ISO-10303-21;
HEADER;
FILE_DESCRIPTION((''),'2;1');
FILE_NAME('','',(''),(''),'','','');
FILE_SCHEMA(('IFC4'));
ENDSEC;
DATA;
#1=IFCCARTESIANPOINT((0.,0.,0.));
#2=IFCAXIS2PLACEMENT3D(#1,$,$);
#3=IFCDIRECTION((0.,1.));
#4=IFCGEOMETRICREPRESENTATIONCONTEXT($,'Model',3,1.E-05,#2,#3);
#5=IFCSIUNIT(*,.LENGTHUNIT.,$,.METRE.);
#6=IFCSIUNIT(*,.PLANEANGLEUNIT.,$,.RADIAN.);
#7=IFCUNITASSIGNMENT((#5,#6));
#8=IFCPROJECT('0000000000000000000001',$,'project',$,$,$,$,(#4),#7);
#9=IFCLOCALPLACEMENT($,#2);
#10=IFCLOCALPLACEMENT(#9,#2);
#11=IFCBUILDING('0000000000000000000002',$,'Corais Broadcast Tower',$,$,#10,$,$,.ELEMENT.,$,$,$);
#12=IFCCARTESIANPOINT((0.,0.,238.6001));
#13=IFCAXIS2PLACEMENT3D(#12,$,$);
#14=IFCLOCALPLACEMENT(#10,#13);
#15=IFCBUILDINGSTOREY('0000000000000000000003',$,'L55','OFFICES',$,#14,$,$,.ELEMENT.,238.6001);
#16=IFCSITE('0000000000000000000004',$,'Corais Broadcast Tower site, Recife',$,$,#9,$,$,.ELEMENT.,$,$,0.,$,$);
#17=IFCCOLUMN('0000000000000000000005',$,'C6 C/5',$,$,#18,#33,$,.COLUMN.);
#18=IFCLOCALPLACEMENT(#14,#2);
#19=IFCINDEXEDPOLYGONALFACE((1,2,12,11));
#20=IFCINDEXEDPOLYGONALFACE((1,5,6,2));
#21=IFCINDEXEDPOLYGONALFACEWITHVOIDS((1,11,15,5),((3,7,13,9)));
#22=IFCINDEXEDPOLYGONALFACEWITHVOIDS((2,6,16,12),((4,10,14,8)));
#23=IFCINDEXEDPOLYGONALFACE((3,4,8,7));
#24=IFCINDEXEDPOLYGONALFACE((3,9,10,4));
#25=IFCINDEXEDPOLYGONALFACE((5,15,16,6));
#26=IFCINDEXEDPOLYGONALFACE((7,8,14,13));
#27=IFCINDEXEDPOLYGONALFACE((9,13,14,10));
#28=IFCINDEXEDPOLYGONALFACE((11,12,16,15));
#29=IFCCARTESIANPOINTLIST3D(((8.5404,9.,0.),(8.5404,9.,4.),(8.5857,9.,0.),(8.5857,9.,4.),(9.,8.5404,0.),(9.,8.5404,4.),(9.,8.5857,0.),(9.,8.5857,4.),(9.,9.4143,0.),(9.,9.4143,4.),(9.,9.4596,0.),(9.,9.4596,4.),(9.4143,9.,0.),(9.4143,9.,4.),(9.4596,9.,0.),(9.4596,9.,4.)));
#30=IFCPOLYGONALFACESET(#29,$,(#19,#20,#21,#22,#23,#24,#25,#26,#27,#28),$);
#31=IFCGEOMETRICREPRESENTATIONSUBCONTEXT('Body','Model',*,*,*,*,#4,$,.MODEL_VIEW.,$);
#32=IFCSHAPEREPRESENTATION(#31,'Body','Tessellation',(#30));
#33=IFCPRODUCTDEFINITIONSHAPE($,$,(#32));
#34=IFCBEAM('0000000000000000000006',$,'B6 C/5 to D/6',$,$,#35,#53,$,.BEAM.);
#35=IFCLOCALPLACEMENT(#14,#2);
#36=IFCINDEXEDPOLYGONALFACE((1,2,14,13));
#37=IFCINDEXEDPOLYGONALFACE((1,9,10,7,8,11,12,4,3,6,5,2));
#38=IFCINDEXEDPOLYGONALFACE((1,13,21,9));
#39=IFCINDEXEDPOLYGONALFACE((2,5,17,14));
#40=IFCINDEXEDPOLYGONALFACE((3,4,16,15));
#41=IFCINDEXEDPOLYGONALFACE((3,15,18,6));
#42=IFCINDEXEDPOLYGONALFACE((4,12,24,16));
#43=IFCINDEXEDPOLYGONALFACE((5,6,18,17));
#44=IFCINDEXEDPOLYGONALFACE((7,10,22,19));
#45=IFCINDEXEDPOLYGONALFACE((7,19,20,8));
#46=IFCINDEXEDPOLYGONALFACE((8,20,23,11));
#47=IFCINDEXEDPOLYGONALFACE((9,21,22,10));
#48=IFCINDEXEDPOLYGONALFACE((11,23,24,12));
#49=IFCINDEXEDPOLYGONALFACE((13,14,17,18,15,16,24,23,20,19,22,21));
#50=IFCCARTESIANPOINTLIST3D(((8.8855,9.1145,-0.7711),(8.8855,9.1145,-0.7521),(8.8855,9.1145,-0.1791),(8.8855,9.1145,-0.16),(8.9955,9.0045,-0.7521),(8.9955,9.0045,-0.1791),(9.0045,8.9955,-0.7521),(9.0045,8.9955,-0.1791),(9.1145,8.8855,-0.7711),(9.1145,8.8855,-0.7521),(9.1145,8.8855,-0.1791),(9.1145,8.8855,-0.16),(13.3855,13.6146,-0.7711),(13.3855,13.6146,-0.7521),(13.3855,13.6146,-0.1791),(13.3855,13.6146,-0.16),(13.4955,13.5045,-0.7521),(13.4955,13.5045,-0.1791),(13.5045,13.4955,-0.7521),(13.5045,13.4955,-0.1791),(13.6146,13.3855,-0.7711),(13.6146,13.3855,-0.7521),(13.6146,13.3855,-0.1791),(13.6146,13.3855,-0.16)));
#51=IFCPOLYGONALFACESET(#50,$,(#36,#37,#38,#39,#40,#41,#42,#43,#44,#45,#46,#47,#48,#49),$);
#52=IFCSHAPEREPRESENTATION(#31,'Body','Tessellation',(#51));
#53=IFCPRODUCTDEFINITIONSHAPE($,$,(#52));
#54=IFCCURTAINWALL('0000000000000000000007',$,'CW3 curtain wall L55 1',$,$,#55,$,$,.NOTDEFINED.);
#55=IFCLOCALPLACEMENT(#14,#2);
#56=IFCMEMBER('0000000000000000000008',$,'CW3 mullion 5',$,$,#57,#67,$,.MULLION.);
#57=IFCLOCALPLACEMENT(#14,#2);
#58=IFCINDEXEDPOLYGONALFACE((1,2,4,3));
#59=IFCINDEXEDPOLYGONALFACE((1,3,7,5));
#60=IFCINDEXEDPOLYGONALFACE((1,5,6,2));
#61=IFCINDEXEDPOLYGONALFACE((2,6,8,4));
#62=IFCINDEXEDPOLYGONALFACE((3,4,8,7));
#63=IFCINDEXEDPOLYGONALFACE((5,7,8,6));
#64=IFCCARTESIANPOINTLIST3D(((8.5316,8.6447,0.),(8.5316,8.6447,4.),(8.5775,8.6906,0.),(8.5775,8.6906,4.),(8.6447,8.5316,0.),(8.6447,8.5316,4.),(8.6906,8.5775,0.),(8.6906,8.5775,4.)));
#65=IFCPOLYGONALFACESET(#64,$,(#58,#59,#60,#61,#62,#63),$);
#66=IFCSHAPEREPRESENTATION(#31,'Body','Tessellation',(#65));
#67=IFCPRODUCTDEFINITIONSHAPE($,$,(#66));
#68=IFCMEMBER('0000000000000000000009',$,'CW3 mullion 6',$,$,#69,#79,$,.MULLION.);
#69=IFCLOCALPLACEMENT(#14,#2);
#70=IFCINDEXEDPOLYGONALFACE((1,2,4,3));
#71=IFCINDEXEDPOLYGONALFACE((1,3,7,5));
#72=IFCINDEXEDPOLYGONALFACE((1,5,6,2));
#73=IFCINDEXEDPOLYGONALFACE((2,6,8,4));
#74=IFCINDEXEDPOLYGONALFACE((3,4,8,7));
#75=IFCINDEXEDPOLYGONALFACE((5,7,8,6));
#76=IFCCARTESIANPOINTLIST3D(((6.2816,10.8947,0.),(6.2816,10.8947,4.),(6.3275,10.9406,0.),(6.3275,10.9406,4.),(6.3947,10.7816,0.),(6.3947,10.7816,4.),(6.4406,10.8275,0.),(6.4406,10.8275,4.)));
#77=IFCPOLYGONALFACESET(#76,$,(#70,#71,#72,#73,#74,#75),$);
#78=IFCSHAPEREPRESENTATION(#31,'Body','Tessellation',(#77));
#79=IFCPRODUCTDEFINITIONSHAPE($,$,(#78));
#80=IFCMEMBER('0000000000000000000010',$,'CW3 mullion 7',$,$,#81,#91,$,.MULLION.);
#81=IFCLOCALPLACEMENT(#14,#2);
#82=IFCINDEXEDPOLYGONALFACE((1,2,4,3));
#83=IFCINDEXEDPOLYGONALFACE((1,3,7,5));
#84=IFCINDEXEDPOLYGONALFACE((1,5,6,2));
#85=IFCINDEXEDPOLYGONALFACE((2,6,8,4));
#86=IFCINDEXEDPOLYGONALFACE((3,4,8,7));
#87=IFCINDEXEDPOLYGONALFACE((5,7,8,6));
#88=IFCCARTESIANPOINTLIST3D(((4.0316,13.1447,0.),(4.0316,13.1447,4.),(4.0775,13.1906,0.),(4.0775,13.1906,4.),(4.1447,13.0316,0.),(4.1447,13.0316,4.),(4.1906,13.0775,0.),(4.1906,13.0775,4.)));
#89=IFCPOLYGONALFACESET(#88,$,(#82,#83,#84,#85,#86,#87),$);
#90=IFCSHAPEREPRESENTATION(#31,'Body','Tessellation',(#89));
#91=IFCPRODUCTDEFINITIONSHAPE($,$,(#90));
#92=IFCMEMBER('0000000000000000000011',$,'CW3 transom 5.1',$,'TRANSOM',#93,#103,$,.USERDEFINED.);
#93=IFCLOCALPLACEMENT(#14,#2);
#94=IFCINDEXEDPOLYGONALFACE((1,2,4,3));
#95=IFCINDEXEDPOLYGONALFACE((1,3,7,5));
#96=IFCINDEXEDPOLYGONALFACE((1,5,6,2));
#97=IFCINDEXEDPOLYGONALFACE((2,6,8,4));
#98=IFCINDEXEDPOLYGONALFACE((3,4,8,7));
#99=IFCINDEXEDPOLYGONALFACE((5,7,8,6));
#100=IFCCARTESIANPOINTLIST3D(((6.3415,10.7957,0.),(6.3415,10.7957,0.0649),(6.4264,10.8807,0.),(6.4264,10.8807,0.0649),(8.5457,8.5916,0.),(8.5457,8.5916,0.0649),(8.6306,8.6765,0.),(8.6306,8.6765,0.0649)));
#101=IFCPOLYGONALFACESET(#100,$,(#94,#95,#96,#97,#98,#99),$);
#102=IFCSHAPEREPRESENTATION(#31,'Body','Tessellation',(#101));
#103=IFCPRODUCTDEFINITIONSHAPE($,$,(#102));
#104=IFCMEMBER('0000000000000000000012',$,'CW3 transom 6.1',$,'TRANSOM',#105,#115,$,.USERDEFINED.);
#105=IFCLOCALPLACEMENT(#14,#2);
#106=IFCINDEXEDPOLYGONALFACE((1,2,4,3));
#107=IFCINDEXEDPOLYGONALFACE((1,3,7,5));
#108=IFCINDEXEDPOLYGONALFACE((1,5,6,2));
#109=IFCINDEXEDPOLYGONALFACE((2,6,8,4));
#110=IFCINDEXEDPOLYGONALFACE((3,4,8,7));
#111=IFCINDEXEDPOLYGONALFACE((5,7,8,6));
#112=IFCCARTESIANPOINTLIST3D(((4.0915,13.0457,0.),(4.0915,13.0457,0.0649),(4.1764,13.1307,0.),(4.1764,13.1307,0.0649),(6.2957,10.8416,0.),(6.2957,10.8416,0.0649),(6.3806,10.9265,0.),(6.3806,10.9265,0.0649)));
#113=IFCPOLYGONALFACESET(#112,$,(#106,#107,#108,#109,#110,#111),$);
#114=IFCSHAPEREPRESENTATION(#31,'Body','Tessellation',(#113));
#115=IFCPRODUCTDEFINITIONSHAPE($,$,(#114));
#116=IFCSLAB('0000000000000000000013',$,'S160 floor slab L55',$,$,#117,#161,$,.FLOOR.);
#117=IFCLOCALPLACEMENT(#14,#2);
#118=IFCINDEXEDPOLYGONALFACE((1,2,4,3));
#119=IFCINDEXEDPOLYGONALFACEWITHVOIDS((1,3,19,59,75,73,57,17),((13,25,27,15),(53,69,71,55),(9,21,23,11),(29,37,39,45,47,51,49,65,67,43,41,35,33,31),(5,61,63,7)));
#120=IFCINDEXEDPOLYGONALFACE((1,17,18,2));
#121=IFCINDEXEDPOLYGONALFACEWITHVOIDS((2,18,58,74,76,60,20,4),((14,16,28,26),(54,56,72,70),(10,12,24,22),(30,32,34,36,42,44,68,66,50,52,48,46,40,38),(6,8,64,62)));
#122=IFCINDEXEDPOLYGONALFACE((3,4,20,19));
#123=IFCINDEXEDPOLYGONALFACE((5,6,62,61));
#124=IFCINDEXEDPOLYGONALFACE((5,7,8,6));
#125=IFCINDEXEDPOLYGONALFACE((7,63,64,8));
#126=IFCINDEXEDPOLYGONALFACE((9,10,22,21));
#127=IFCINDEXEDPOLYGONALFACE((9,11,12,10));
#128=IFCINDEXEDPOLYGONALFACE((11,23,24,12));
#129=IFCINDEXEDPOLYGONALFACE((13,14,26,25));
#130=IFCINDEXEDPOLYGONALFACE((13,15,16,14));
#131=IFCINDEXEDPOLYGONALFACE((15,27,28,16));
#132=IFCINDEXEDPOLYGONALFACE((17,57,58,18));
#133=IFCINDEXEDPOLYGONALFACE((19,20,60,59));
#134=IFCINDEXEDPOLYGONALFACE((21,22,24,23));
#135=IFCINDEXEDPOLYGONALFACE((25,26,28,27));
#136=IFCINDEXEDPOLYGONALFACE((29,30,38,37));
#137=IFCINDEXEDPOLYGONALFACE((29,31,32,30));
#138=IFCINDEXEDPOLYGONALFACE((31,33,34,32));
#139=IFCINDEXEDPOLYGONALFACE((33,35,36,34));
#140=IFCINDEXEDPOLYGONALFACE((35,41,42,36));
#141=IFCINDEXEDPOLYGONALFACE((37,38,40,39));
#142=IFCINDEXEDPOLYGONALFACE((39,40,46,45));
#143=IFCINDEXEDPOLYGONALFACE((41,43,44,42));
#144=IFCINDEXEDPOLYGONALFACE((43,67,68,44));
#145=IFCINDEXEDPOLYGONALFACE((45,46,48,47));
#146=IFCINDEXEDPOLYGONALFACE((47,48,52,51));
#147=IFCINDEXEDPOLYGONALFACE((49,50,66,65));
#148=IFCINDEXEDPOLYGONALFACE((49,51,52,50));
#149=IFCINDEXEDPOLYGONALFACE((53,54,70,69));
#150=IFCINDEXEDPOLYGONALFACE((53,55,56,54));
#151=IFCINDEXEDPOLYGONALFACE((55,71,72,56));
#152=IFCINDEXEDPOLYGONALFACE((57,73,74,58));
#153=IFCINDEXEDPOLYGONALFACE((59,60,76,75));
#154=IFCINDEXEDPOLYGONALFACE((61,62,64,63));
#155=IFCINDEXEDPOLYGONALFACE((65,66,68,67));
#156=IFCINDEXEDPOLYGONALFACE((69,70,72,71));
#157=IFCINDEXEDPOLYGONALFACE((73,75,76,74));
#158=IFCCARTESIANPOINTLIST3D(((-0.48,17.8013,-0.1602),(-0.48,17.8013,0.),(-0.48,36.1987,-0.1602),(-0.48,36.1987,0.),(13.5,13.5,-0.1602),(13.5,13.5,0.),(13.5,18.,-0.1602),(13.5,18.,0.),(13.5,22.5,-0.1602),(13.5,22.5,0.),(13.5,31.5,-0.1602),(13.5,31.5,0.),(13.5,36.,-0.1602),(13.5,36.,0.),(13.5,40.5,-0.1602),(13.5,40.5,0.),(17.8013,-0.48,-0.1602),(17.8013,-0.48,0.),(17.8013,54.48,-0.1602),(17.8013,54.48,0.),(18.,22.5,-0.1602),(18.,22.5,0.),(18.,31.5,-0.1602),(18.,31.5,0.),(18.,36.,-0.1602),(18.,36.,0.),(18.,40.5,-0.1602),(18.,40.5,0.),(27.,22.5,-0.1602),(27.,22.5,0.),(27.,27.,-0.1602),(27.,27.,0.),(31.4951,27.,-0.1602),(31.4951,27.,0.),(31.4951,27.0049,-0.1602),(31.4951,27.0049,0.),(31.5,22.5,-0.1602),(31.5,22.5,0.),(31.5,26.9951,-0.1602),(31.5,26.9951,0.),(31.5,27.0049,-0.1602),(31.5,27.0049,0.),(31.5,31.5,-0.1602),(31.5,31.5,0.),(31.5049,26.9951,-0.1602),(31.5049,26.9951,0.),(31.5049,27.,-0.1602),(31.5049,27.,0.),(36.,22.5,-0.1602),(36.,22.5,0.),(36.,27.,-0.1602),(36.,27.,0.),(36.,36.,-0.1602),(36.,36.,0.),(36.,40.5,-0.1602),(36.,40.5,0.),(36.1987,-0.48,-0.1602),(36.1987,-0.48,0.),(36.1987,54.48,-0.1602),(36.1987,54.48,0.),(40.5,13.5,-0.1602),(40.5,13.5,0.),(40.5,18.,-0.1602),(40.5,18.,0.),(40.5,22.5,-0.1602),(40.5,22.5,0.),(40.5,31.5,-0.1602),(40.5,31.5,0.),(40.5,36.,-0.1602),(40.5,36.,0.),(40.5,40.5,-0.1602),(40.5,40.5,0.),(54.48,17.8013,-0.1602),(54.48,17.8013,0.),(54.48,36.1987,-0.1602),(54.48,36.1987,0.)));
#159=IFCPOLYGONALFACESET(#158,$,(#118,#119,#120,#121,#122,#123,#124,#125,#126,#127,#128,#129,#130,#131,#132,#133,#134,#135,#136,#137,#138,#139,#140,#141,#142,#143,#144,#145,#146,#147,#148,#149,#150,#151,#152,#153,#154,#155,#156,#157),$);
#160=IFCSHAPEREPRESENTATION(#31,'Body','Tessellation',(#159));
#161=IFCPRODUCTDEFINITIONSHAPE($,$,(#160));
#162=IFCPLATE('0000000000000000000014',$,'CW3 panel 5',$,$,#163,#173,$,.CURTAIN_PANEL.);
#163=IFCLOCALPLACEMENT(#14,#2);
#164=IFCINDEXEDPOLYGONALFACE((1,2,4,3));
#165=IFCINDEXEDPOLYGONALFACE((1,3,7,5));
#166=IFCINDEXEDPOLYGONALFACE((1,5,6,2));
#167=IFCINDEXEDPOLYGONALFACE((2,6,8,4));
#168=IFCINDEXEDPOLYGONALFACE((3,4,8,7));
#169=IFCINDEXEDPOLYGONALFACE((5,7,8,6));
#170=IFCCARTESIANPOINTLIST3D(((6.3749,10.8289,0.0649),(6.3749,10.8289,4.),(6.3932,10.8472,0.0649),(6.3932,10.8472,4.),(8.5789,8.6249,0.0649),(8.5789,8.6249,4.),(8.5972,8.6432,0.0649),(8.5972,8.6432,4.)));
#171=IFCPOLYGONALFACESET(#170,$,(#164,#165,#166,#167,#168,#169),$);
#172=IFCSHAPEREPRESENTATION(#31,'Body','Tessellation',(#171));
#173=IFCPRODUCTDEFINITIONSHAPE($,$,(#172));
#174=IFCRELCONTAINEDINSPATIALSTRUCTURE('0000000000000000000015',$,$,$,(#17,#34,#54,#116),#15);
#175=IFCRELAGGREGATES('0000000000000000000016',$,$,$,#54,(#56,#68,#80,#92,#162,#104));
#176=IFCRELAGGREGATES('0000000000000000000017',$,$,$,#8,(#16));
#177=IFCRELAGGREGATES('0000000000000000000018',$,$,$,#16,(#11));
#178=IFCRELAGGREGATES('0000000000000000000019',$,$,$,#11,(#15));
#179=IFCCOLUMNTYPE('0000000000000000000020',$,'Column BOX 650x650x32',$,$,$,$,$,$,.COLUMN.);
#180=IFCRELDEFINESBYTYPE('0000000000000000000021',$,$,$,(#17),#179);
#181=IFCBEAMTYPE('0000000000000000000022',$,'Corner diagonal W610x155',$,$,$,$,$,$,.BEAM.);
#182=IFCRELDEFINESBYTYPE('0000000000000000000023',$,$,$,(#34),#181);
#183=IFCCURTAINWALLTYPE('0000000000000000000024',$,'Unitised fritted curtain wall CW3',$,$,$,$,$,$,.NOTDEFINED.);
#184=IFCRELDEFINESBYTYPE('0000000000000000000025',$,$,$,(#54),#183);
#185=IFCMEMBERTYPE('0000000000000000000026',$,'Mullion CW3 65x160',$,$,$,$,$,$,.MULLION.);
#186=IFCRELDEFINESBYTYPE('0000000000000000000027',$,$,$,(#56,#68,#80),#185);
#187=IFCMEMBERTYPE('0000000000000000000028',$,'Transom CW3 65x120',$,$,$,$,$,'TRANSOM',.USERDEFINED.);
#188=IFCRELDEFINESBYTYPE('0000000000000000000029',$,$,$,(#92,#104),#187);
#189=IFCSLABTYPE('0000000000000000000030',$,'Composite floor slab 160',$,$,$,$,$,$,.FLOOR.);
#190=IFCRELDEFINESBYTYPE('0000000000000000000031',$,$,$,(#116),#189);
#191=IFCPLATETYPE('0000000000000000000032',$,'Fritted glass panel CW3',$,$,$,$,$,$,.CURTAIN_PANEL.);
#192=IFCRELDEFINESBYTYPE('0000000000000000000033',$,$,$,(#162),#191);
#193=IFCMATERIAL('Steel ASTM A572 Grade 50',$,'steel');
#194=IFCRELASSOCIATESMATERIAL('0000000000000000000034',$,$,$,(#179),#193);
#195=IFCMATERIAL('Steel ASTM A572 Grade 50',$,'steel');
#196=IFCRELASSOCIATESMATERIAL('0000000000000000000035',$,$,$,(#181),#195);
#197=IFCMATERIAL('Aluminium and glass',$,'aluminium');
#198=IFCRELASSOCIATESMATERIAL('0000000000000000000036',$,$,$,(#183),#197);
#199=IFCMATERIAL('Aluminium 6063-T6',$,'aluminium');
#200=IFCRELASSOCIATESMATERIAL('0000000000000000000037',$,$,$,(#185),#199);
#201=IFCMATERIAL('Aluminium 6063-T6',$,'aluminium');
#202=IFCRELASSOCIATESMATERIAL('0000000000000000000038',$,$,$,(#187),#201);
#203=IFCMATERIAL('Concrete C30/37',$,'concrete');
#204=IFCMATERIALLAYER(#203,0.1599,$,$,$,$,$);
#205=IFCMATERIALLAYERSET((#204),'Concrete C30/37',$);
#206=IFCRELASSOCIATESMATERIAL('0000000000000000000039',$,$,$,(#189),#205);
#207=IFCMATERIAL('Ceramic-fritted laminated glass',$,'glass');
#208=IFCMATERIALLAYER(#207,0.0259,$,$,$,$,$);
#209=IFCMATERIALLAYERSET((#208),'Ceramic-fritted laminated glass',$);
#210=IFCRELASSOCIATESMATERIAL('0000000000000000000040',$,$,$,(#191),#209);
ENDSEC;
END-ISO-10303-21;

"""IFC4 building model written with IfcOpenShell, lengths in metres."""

from ifc_helpers import new_model, si_unit, direction, frame, origin, origin_2d, place, context, subcontext, project, spatial, polyline, rectangle, hollow_rectangle, i_section, outline, extrude, material, layer, layer_set, material_profile, profile_set, type_object, element, aggregate, save


model = new_model("IFC4")

# Units and contexts
model_context = context("Model", 3, precision=1e-05, world=origin(), true_north=direction((0.0, 1.0)))
body_context = subcontext(model_context, "Body", "Model", "MODEL_VIEW")
ifc_project = project(units=[si_unit("LENGTHUNIT", "METRE"), si_unit("PLANEANGLEUNIT", "RADIAN")], contexts=[model_context])

# Site, building, storey
site_placement = place(None, origin())
site = spatial("IfcSite", under=ifc_project, at=site_placement, Name="Corais Broadcast Tower site, Recife", CompositionType="ELEMENT", RefElevation=0.0)
building_placement = place(site_placement, origin())
building = spatial("IfcBuilding", under=site, at=building_placement, Name="Corais Broadcast Tower", CompositionType="ELEMENT")
storey_placement = place(building_placement, frame((0.0, 0.0, 238.6001)))
storey = spatial("IfcBuildingStorey", under=building, at=storey_placement, Name="L55", Description="OFFICES", CompositionType="ELEMENT", Elevation=238.6001)

# Column
ifc_material_1 = material(Name="Steel ASTM A572 Grade 50", Category="steel")
ifc_material_profile_1 = material_profile(ifc_material_1, hollow_rectangle(XDim=0.6499, YDim=0.6499, WallThickness=0.032, at=origin_2d()), Name="BOX 650x650x32")
ifc_profile_set_1 = profile_set([ifc_material_profile_1], Name="Steel ASTM A572 Grade 50")
column_type = type_object("IfcColumnType", Name="Column BOX 650x650x32", PredefinedType="COLUMN", material=ifc_profile_set_1)
column_placement = place(storey_placement, frame((9.0, 9.0, 0.0), z_axis=(0.0, 0.0, 1.0), x_axis=(0.707107, 0.707107, 0.0)))
element("IfcColumn", 1, at=column_placement, inside=storey, type_object=column_type, Name="C6 C/5", PredefinedType="COLUMN", context=body_context, shape_type="SweptSolid", body=[
    extrude(hollow_rectangle(XDim=0.6499, YDim=0.6499, WallThickness=0.032, at=origin_2d()), origin(), (0.0, 0.0, 1.0), 4.0),
])

# Beam
ifc_material_2 = material(Name="Steel ASTM A572 Grade 50", Category="steel")
ifc_material_profile_2 = material_profile(ifc_material_2, i_section(OverallWidth=0.324, OverallDepth=0.6111, WebThickness=0.0127, FlangeThickness=0.019, at=origin_2d()), Name="W610x155")
ifc_profile_set_2 = profile_set([ifc_material_profile_2], Name="Steel ASTM A572 Grade 50")
beam_type = type_object("IfcBeamType", Name="Corner diagonal W610x155", PredefinedType="BEAM", material=ifc_profile_set_2)
beam_placement = place(storey_placement, frame((9.0, 9.0, -0.4656), z_axis=(0.707107, 0.707107, 0.0), x_axis=(-0.707107, 0.707107, 0.0)))
element("IfcBeam", 2, at=beam_placement, inside=storey, type_object=beam_type, Name="B6 C/5 to D/6", PredefinedType="BEAM", context=body_context, shape_type="SweptSolid", body=[
    extrude(i_section(OverallWidth=0.324, OverallDepth=0.6111, WebThickness=0.0127, FlangeThickness=0.019, at=origin_2d()), origin(), (0.0, 0.0, 1.0), 6.364),
])

# Curtain wall, members
ifc_material_3 = material(Name="Aluminium and glass", Category="aluminium")
curtain_wall_type = type_object("IfcCurtainWallType", Name="Unitised fritted curtain wall CW3", PredefinedType="NOTDEFINED", material=ifc_material_3)
curtain_wall_placement = place(storey_placement, origin())
curtain_wall = element("IfcCurtainWall", 3, at=curtain_wall_placement, inside=storey, type_object=curtain_wall_type, Name="CW3 curtain wall L55 1", PredefinedType="NOTDEFINED")
ifc_material_4 = material(Name="Aluminium 6063-T6", Category="aluminium")
ifc_material_profile_3 = material_profile(ifc_material_4, rectangle(XDim=0.0649, YDim=0.1599, at=origin_2d()), Name="Mullion CW3 65x160")
ifc_profile_set_3 = profile_set([ifc_material_profile_3], Name="Aluminium 6063-T6")
member_type_1 = type_object("IfcMemberType", Name="Mullion CW3 65x160", PredefinedType="MULLION", material=ifc_profile_set_3)
member_1_placement = place(storey_placement, frame((8.6111, 8.6111, 0.0), z_axis=(0.0, 0.0, 1.0), x_axis=(-0.707107, -0.707107, 0.0)))
member_1 = element("IfcMember", 4, at=member_1_placement, type_object=member_type_1, Name="CW3 mullion 5", PredefinedType="MULLION", context=body_context, shape_type="SweptSolid", body=[
    extrude(rectangle(XDim=0.0649, YDim=0.1599, at=origin_2d()), origin(), (0.0, 0.0, 1.0), 4.0),
])
member_2_placement = place(storey_placement, frame((6.3611, 10.8611, 0.0), z_axis=(0.0, 0.0, 1.0), x_axis=(-0.707107, -0.707107, 0.0)))
member_2 = element("IfcMember", 5, at=member_2_placement, type_object=member_type_1, Name="CW3 mullion 6", PredefinedType="MULLION", context=body_context, shape_type="SweptSolid", body=[
    extrude(rectangle(XDim=0.0649, YDim=0.1599, at=origin_2d()), origin(), (0.0, 0.0, 1.0), 4.0),
])
member_3_placement = place(storey_placement, frame((4.1111, 13.1111, 0.0), z_axis=(0.0, 0.0, 1.0), x_axis=(-0.707107, -0.707107, 0.0)))
member_3 = element("IfcMember", 6, at=member_3_placement, type_object=member_type_1, Name="CW3 mullion 7", PredefinedType="MULLION", context=body_context, shape_type="SweptSolid", body=[
    extrude(rectangle(XDim=0.0649, YDim=0.1599, at=origin_2d()), origin(), (0.0, 0.0, 1.0), 4.0),
])
ifc_material_5 = material(Name="Aluminium 6063-T6", Category="aluminium")
ifc_material_profile_4 = material_profile(ifc_material_5, rectangle(XDim=0.1201, YDim=0.0649, at=origin_2d()), Name="Transom CW3 65x120")
ifc_profile_set_4 = profile_set([ifc_material_profile_4], Name="Aluminium 6063-T6")
member_type_2 = type_object("IfcMemberType", Name="Transom CW3 65x120", ElementType="TRANSOM", PredefinedType="USERDEFINED", material=ifc_profile_set_4)
member_4_placement = place(storey_placement, frame((8.5881, 8.634, 0.0325), z_axis=(-0.707107, 0.707107, 0.0), x_axis=(-0.707107, -0.707107, 0.0)))
member_4 = element("IfcMember", 7, at=member_4_placement, type_object=member_type_2, Name="CW3 transom 5.1", ObjectType="TRANSOM", PredefinedType="USERDEFINED", context=body_context, shape_type="SweptSolid", body=[
    extrude(rectangle(XDim=0.1201, YDim=0.0649, at=origin_2d()), origin(), (0.0, 0.0, 1.0), 3.1172),
])
member_5_placement = place(storey_placement, frame((6.3381, 10.884, 0.0325), z_axis=(-0.707107, 0.707107, 0.0), x_axis=(-0.707107, -0.707107, 0.0)))
member_5 = element("IfcMember", 8, at=member_5_placement, type_object=member_type_2, Name="CW3 transom 6.1", ObjectType="TRANSOM", PredefinedType="USERDEFINED", context=body_context, shape_type="SweptSolid", body=[
    extrude(rectangle(XDim=0.1201, YDim=0.0649, at=origin_2d()), origin(), (0.0, 0.0, 1.0), 3.1172),
])

# Slab
ifc_material_6 = material(Name="Concrete C30/37", Category="concrete")
ifc_layer_1 = layer(ifc_material_6, 0.1599)
ifc_layer_set_1 = layer_set([ifc_layer_1], Name="Concrete C30/37")
slab_type_1 = type_object("IfcSlabType", Name="Composite floor slab 160", PredefinedType="FLOOR", material=ifc_layer_set_1)
slab_1_placement = place(storey_placement, frame((0.0, 0.0, -0.1602)))
element("IfcSlab", 9, at=slab_1_placement, inside=storey, type_object=slab_type_1, Name="S160 floor slab L55", PredefinedType="FLOOR", context=body_context, shape_type="SweptSolid", body=[
    extrude(outline(polyline([(17.8013, -0.48), (-0.48, 17.8013), (-0.48, 36.1987), (17.8013, 54.48), (36.1987, 54.48), (54.48, 36.1987), (54.48, 17.8013), (36.1987, -0.48), (17.8013, -0.48)]), holes=[polyline([(13.5, 18.0), (40.5, 18.0), (40.5, 13.5), (13.5, 13.5), (13.5, 18.0)]), polyline([(18.0, 22.5), (13.5, 22.5), (13.5, 31.5), (18.0, 31.5), (18.0, 22.5)]), polyline([(18.0, 36.0), (13.5, 36.0), (13.5, 40.5), (18.0, 40.5), (18.0, 36.0)]), polyline([(31.5, 22.5), (27.0, 22.5), (27.0, 27.0), (31.4951, 27.0), (31.4951, 27.0049), (31.5, 27.0049), (31.5, 31.5), (40.5, 31.5), (40.5, 22.5), (36.0, 22.5), (36.0, 27.0), (31.5049, 27.0), (31.5049, 26.9951), (31.5, 26.9951), (31.5, 22.5)]), polyline([(40.5, 36.0), (36.0, 36.0), (36.0, 40.5), (40.5, 40.5), (40.5, 36.0)])]), origin(), (0.0, 0.0, 1.0), 0.1602),
])

# Plate
ifc_material_7 = material(Name="Ceramic-fritted laminated glass", Category="glass")
ifc_layer_2 = layer(ifc_material_7, 0.0259)
ifc_layer_set_2 = layer_set([ifc_layer_2], Name="Ceramic-fritted laminated glass")
plate_type_1 = type_object("IfcPlateType", Name="Fritted glass panel CW3", PredefinedType="CURTAIN_PANEL", material=ifc_layer_set_2)
plate_1_placement = place(storey_placement, frame((7.4861, 9.7361, 0.0649), z_axis=(0.0, 0.0, 1.0), x_axis=(-0.707107, 0.707107, 0.0)))
plate_1 = element("IfcPlate", 10, at=plate_1_placement, type_object=plate_type_1, Name="CW3 panel 5", PredefinedType="CURTAIN_PANEL", context=body_context, shape_type="SweptSolid", body=[
    extrude(rectangle(XDim=3.1169, YDim=0.0259, at=origin_2d()), origin(), (0.0, 0.0, 1.0), 3.9351),
])
aggregate(curtain_wall, [member_1, member_2, member_3, member_4, plate_1, member_5])

save(model, "model.ifc")
